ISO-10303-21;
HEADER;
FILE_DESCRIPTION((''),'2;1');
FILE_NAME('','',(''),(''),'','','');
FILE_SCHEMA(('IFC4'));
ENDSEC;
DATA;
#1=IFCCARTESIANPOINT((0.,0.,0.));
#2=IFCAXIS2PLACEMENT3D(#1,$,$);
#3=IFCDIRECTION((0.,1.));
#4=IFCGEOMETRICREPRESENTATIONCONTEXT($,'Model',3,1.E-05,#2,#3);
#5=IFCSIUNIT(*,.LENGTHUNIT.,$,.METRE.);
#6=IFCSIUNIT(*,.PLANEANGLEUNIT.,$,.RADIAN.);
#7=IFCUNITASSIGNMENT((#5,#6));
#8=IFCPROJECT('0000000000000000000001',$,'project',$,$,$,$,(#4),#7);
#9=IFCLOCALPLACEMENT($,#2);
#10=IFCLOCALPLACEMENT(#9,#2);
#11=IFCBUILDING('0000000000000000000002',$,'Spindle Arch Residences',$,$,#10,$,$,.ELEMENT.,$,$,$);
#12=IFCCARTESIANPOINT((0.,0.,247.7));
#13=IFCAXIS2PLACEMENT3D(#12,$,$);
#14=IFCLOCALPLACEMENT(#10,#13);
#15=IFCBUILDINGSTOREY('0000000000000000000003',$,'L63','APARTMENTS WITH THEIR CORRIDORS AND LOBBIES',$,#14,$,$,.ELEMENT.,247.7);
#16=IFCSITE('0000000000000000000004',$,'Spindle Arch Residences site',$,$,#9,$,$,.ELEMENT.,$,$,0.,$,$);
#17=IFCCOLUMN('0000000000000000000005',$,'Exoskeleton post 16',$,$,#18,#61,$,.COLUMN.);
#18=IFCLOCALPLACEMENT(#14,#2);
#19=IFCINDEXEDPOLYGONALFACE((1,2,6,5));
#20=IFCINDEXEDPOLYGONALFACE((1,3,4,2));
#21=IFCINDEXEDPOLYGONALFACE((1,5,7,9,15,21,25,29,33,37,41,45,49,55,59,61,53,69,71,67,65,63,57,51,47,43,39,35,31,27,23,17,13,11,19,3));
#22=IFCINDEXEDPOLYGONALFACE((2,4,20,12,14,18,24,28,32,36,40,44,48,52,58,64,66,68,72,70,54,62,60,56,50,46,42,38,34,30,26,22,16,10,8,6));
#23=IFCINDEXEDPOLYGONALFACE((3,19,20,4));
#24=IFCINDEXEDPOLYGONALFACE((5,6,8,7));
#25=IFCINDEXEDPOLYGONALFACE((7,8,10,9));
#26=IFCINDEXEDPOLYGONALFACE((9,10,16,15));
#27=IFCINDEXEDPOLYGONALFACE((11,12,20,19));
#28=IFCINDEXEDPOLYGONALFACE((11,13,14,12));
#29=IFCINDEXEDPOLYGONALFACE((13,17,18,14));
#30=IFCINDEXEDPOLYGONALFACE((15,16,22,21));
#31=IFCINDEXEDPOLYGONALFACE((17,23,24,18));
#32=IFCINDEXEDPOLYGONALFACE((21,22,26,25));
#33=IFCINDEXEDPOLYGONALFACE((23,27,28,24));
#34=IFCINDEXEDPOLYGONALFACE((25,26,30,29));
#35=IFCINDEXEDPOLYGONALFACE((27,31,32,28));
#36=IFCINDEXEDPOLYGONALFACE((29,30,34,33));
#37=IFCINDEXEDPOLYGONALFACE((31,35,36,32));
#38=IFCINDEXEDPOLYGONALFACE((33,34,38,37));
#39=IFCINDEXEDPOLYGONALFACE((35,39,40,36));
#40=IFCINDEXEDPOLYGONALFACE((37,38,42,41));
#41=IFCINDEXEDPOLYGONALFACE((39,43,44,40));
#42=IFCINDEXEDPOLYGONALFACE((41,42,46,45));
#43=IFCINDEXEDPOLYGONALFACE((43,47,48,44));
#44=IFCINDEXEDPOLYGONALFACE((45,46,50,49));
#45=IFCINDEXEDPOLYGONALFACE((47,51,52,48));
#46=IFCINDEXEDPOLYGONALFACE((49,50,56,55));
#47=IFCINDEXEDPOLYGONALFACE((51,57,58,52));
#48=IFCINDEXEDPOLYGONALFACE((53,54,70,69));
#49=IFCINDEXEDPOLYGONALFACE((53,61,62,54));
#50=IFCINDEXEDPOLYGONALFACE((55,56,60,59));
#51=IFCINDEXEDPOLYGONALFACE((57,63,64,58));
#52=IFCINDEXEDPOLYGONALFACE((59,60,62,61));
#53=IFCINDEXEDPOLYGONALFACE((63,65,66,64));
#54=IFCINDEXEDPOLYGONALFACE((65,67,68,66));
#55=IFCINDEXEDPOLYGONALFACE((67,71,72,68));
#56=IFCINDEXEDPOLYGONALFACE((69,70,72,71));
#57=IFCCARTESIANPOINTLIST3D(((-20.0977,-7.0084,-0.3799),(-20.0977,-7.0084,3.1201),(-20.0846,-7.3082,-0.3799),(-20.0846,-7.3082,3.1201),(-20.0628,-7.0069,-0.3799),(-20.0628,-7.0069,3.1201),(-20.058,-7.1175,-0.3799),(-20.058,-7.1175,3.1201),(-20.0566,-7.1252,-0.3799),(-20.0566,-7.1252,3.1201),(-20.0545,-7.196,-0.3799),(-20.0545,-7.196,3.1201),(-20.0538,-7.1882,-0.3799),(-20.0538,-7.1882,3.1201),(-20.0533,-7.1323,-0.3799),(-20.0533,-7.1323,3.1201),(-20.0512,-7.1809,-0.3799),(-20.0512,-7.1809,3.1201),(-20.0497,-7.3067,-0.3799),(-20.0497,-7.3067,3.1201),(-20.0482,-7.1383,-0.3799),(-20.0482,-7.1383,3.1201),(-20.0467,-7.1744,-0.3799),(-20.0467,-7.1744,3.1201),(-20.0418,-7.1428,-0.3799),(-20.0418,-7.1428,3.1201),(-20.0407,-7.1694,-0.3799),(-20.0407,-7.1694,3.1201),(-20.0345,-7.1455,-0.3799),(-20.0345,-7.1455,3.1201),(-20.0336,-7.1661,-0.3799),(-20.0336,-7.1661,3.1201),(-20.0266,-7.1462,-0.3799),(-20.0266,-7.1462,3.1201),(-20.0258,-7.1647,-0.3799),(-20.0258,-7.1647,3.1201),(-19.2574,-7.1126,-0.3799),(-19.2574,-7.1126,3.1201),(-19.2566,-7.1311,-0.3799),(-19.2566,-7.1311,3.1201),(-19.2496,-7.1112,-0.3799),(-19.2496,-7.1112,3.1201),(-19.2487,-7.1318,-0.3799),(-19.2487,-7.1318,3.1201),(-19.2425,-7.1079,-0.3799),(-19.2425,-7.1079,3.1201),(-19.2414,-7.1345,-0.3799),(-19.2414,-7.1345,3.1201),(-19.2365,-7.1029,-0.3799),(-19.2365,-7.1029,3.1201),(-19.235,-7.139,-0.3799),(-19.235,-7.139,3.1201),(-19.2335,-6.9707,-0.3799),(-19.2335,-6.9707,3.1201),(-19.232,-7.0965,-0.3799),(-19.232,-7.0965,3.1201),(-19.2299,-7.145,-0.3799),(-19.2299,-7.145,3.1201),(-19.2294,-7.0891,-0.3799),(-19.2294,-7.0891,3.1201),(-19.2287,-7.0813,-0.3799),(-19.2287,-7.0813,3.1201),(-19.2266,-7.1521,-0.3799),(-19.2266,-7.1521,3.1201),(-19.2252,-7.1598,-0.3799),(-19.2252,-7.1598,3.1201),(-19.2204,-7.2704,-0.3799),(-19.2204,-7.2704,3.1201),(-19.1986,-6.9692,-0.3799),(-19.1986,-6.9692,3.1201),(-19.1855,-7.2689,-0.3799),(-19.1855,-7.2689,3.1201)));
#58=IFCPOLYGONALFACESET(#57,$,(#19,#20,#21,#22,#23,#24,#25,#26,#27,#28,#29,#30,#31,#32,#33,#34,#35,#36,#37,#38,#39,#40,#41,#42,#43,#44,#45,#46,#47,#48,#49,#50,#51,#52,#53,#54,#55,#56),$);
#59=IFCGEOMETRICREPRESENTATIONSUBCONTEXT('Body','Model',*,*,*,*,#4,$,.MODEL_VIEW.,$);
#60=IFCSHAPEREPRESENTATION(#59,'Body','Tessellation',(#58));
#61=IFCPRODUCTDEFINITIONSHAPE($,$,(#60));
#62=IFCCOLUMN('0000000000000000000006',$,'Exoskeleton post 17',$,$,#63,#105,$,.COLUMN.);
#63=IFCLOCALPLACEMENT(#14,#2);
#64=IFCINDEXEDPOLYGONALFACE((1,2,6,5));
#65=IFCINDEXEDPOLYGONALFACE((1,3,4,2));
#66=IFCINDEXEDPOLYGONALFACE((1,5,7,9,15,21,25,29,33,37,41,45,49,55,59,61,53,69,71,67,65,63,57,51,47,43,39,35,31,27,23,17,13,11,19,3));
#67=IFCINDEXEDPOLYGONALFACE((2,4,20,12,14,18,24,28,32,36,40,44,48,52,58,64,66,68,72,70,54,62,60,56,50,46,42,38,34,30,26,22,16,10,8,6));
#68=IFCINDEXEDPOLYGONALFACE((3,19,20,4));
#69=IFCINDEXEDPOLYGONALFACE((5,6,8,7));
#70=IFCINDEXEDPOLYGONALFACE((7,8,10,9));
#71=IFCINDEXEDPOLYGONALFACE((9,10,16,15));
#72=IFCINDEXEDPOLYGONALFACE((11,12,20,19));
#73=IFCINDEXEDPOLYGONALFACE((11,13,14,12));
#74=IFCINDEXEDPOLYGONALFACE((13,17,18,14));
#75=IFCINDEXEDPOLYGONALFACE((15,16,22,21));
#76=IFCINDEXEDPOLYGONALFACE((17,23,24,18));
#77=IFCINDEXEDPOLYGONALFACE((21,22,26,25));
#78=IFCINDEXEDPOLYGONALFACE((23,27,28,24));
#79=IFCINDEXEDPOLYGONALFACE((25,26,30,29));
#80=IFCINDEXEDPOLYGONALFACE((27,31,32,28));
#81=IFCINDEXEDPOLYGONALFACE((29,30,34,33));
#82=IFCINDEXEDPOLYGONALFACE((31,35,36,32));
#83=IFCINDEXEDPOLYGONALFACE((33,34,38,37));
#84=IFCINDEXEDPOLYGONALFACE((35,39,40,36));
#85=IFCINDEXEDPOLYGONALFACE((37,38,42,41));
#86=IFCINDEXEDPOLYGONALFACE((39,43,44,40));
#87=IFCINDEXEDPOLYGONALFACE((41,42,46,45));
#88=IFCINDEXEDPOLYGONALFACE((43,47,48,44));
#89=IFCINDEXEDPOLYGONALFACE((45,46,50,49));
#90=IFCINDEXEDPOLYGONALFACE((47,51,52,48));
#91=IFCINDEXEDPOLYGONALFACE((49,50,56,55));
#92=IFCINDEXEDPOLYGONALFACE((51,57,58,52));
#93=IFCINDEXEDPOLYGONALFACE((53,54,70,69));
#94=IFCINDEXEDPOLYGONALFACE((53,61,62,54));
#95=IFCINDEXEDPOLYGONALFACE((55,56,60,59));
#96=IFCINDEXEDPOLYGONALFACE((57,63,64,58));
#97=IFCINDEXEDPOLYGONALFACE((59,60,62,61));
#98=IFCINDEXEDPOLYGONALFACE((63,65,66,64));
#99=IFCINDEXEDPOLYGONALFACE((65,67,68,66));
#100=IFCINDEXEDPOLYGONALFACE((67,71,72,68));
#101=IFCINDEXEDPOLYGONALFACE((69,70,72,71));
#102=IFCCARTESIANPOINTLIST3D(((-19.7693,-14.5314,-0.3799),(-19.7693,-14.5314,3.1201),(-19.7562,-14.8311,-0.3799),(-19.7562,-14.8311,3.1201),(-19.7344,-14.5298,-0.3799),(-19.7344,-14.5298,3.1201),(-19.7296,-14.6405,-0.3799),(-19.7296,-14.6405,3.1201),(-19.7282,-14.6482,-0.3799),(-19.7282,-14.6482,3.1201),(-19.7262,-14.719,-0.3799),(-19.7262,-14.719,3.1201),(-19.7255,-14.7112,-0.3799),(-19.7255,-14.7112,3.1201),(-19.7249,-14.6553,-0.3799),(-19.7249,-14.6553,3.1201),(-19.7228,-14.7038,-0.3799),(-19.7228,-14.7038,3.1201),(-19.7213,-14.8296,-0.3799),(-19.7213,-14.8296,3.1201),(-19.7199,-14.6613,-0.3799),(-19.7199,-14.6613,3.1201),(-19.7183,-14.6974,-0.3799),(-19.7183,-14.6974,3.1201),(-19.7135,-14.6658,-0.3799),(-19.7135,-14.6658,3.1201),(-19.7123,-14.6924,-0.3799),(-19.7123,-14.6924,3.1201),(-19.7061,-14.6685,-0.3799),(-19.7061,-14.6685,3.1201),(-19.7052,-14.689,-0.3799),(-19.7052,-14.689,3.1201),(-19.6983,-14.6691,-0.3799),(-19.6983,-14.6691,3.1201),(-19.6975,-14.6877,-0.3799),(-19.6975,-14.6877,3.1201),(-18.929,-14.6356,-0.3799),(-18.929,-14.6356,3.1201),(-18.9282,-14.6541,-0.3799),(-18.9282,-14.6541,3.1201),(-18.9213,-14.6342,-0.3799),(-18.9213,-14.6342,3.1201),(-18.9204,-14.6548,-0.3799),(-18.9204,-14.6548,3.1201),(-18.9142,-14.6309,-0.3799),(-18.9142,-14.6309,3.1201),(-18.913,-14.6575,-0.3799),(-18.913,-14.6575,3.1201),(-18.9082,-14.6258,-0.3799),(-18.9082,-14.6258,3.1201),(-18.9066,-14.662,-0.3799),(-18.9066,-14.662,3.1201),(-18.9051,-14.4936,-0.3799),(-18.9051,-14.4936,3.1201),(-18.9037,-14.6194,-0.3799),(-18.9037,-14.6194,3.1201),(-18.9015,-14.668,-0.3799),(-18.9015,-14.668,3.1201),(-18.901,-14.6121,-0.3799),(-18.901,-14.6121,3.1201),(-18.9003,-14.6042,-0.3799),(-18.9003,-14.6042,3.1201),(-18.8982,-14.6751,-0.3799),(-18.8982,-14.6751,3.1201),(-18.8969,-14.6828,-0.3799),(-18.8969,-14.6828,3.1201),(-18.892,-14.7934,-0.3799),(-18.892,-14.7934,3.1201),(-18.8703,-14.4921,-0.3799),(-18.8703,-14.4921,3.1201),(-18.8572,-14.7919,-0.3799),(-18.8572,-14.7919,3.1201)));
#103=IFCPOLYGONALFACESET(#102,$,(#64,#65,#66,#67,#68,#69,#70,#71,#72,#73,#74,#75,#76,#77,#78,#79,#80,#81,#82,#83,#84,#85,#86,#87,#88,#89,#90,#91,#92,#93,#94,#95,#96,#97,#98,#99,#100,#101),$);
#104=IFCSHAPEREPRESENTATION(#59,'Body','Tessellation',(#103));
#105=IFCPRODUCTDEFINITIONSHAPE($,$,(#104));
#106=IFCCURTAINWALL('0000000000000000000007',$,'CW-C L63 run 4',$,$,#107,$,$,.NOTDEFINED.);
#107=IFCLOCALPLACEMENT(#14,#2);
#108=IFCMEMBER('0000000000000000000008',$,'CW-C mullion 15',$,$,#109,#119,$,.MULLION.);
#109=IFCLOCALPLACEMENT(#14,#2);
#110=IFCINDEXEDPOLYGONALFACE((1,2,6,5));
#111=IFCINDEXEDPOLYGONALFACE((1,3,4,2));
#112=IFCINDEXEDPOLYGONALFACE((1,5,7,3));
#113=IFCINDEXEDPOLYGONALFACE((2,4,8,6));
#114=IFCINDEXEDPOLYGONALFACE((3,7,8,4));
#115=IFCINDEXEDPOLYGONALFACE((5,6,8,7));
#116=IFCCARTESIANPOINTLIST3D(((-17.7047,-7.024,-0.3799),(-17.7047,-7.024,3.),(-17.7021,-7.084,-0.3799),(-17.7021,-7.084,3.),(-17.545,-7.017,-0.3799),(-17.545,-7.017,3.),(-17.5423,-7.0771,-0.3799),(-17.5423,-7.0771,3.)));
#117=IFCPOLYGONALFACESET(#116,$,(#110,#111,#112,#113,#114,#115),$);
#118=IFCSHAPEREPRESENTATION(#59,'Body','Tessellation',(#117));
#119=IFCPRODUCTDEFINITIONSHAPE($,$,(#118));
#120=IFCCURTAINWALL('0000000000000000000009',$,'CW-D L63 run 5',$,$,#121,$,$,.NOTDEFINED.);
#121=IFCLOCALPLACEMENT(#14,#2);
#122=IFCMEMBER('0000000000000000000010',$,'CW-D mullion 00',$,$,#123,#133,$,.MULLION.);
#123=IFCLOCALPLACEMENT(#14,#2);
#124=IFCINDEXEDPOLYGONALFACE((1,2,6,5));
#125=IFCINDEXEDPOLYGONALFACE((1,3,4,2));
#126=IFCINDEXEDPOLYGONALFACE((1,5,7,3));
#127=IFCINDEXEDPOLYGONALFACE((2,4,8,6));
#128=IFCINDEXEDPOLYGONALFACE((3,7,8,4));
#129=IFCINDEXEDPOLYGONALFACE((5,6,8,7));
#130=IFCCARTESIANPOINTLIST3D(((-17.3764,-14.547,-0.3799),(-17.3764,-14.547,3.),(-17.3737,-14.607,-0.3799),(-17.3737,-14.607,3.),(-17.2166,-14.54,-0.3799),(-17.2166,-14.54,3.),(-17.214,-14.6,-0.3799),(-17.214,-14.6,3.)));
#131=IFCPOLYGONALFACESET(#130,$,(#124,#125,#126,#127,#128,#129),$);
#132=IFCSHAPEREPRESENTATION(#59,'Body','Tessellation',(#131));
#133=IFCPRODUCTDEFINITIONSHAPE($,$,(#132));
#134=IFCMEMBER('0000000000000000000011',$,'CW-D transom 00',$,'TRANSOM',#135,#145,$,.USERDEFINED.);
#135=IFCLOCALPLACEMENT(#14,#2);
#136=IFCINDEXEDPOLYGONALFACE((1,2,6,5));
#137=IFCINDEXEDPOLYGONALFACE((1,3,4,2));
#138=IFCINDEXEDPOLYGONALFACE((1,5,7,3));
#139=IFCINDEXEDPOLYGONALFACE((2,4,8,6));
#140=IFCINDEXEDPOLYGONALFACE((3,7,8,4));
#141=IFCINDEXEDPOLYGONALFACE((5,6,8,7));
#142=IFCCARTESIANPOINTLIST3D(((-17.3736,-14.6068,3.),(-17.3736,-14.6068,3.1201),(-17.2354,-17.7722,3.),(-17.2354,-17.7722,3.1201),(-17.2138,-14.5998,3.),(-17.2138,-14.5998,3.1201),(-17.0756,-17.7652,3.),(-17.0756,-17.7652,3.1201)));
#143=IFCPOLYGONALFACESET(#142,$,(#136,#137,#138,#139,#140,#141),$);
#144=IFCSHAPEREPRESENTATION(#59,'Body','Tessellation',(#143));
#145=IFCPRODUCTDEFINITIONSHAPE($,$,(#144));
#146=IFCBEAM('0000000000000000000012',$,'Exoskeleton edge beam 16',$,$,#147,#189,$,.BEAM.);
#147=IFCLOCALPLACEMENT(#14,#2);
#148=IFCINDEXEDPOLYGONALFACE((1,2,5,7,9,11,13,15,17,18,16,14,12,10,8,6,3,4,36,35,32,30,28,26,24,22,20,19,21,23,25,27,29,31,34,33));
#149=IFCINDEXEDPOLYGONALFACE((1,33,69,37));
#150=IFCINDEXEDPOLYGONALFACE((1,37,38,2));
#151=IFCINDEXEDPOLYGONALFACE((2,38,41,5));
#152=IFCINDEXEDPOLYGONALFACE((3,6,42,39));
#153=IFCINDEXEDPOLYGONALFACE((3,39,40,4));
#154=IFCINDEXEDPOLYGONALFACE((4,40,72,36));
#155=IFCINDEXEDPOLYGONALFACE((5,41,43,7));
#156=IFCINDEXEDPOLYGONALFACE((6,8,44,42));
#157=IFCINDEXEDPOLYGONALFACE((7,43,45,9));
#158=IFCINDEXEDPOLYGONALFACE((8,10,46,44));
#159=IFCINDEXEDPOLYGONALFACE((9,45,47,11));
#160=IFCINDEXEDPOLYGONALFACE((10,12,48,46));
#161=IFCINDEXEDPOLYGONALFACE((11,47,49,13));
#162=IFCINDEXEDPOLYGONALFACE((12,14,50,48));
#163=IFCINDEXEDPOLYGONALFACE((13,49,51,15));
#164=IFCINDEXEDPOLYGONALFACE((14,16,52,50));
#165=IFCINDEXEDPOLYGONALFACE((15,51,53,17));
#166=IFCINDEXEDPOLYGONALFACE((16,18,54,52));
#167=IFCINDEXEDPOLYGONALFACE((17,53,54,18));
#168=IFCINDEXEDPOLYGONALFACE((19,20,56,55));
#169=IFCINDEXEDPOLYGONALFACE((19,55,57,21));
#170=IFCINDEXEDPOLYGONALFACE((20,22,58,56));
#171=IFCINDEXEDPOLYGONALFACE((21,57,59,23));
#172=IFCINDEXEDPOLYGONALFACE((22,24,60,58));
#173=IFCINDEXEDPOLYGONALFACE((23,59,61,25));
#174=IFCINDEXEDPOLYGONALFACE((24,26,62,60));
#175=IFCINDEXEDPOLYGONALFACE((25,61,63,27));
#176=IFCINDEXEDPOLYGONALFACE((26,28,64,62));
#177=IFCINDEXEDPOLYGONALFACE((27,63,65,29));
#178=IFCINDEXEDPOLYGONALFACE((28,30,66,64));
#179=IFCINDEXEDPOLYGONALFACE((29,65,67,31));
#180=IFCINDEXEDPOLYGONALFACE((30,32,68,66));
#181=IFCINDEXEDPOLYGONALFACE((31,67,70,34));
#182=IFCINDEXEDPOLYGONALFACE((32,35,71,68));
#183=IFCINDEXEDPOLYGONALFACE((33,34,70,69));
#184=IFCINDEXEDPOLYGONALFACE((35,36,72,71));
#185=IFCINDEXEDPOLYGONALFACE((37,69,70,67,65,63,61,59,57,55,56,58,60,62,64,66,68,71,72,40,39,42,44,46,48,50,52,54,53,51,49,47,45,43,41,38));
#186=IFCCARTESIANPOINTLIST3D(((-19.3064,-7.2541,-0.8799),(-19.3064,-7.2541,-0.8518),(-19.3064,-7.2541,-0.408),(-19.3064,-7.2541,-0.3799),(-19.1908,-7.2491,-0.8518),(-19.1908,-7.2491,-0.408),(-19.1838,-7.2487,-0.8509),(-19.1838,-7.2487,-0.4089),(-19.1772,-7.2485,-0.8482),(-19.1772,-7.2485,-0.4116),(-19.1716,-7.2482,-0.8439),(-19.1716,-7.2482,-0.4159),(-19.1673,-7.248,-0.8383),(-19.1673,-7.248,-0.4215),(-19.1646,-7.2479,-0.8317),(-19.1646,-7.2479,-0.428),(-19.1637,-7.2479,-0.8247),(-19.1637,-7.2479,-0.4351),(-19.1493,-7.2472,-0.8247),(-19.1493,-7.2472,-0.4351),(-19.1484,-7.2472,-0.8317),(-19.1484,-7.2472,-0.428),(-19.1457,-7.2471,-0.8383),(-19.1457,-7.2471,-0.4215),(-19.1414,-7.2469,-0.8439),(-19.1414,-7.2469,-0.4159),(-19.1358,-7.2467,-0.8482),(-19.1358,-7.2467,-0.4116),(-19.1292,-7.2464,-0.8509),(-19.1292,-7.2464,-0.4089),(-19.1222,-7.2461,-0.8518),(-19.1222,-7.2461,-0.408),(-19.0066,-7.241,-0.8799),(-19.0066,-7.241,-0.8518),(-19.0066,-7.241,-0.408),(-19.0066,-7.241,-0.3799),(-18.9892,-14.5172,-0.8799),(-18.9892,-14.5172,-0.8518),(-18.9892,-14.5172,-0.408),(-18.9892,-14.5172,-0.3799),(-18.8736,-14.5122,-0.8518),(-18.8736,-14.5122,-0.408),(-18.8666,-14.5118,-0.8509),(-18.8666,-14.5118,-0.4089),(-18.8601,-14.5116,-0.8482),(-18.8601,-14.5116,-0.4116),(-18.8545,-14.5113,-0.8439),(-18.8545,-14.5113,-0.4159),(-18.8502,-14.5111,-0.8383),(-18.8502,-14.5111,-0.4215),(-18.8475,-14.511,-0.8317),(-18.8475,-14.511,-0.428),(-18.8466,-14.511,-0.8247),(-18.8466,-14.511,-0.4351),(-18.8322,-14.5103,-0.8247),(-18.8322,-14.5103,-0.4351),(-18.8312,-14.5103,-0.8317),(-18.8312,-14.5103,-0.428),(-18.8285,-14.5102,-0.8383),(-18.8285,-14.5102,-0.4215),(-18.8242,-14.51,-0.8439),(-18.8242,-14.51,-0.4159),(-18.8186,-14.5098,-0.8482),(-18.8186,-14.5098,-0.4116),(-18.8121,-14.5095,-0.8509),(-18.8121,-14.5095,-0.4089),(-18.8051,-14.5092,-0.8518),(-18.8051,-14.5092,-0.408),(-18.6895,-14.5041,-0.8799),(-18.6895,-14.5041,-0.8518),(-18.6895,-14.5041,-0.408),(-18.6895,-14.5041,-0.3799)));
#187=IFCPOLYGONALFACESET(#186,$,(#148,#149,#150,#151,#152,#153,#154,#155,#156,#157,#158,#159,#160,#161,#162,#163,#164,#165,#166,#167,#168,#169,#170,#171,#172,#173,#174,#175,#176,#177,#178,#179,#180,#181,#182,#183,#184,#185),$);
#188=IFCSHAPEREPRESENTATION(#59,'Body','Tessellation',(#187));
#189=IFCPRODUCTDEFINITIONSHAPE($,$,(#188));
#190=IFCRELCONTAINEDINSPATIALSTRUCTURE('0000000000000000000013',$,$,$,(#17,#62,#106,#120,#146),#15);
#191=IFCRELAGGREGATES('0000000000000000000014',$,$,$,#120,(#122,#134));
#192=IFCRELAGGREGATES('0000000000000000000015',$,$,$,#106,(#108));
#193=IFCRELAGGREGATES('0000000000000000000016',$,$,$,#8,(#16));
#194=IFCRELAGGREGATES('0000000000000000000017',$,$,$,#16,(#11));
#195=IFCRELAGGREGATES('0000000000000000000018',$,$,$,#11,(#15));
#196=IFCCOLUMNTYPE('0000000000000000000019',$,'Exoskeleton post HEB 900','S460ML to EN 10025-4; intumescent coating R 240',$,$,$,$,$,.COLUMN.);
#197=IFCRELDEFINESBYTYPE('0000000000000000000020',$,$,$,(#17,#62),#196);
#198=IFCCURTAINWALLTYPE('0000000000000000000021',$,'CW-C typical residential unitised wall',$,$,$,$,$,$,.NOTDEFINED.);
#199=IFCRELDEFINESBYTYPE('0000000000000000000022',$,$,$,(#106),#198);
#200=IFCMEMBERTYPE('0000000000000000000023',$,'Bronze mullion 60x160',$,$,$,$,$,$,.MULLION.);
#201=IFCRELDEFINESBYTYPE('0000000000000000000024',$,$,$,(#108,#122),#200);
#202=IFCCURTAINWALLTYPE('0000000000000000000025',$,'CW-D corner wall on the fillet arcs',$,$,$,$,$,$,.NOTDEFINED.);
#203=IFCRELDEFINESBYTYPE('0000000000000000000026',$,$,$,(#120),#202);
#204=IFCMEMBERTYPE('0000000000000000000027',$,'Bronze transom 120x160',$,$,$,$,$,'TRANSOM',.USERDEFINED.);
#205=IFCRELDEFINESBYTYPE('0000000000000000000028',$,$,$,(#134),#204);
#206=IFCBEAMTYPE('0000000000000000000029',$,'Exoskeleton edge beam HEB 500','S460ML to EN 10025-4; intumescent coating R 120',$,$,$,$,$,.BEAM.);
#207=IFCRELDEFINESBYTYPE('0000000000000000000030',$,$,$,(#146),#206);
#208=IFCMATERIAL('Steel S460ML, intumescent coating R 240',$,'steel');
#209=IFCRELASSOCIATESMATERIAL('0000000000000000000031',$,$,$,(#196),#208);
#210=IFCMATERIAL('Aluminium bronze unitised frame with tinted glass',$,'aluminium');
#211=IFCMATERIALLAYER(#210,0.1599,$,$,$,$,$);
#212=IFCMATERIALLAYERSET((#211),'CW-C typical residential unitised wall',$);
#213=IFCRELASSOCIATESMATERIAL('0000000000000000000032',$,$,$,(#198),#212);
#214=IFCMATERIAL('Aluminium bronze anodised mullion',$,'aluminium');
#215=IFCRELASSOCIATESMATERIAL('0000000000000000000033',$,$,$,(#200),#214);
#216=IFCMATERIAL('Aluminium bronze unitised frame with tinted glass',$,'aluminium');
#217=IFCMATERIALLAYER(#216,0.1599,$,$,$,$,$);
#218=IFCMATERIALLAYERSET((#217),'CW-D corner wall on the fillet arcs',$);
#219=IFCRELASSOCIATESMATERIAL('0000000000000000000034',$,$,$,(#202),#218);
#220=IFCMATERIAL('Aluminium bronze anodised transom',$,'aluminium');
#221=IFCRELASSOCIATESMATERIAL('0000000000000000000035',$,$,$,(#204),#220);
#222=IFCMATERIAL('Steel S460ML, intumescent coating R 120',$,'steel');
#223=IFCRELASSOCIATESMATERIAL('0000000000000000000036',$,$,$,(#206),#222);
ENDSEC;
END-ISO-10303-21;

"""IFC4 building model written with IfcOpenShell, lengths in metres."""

from ifc_helpers import new_model, si_unit, direction, frame, origin, origin_2d, place, context, subcontext, project, spatial, rectangle, i_section, extrude, material, layer, layer_set, material_profile, profile_set, type_object, element, aggregate, save


model = new_model("IFC4")

# Units and contexts
model_context = context("Model", 3, precision=1e-05, world=origin(), true_north=direction((0.0, 1.0)))
body_context = subcontext(model_context, "Body", "Model", "MODEL_VIEW")
ifc_project = project(units=[si_unit("LENGTHUNIT", "METRE"), si_unit("PLANEANGLEUNIT", "RADIAN")], contexts=[model_context])

# Site, building, storey
site_placement = place(None, origin())
site = spatial("IfcSite", under=ifc_project, at=site_placement, Name="Spindle Arch Residences site", CompositionType="ELEMENT", RefElevation=0.0)
building_placement = place(site_placement, origin())
building = spatial("IfcBuilding", under=site, at=building_placement, Name="Spindle Arch Residences", CompositionType="ELEMENT")
storey_placement = place(building_placement, frame((0.0, 0.0, 247.7)))
storey = spatial("IfcBuildingStorey", under=building, at=storey_placement, Name="L63", Description="APARTMENTS WITH THEIR CORRIDORS AND LOBBIES", CompositionType="ELEMENT", Elevation=247.7)

# Columns
ifc_material_1 = material(Name="Steel S460ML, intumescent coating R 240", Category="steel")
ifc_material_profile_1 = material_profile(ifc_material_1, i_section(OverallWidth=0.3, OverallDepth=0.8999, WebThickness=0.0186, FlangeThickness=0.0349, FilletRadius=0.03, at=origin_2d()), Name="HEB 900")
ifc_profile_set_1 = profile_set([ifc_material_profile_1], Name="Steel S460ML, intumescent coating R 240")
column_type = type_object("IfcColumnType", Name="Exoskeleton post HEB 900", Description="S460ML to EN 10025-4; intumescent coating R 240", PredefinedType="COLUMN", material=ifc_profile_set_1)
for number, where, z_axis, x_axis, name in (
    (1, (-19.6416, -7.1387, -0.3799), (0.0, 0.0, 1.0), (-0.043619, 0.999048, 0.0), "Exoskeleton post 16"),
    (2, (-19.3132, -14.6616, -0.3799), (0.0, 0.0, 1.0), (-0.043619, 0.999048, 0.0), "Exoskeleton post 17"),
):
    element("IfcColumn", number, at=place(storey_placement, frame(where, z_axis=z_axis, x_axis=x_axis)), inside=storey, type_object=column_type, Name=name, PredefinedType="COLUMN", context=body_context, shape_type="SweptSolid", body=[
        extrude(i_section(OverallWidth=0.3, OverallDepth=0.8999, WebThickness=0.0186, FlangeThickness=0.0349, FilletRadius=0.03, at=origin_2d()), origin(), (0.0, 0.0, 1.0), 3.5),
    ])

# Curtain wall, member
ifc_material_2 = material(Name="Aluminium bronze unitised frame with tinted glass", Category="aluminium")
ifc_layer_1 = layer(ifc_material_2, 0.1599)
ifc_layer_set_1 = layer_set([ifc_layer_1], Name="CW-C typical residential unitised wall")
curtain_wall_type_1 = type_object("IfcCurtainWallType", Name="CW-C typical residential unitised wall", PredefinedType="NOTDEFINED", material=ifc_layer_set_1)
curtain_wall_1_placement = place(storey_placement, origin())
curtain_wall_1 = element("IfcCurtainWall", 3, at=curtain_wall_1_placement, inside=storey, type_object=curtain_wall_type_1, Name="CW-C L63 run 4", PredefinedType="NOTDEFINED")
ifc_material_3 = material(Name="Aluminium bronze anodised mullion", Category="aluminium")
ifc_material_profile_2 = material_profile(ifc_material_3, rectangle(XDim=0.1599, YDim=0.0601, at=origin_2d()), Name="MU 60x160")
ifc_profile_set_2 = profile_set([ifc_material_profile_2], Name="Aluminium bronze anodised mullion")
member_type_1 = type_object("IfcMemberType", Name="Bronze mullion 60x160", PredefinedType="MULLION", material=ifc_profile_set_2)
member_1_placement = place(storey_placement, frame((-17.6235, -7.0505, -0.3799), z_axis=(0.0, 0.0, 1.0), x_axis=(0.999048, 0.043619, 0.0)))
member_1 = element("IfcMember", 4, at=member_1_placement, type_object=member_type_1, Name="CW-C mullion 15", PredefinedType="MULLION", context=body_context, shape_type="SweptSolid", body=[
    extrude(rectangle(XDim=0.1599, YDim=0.0601, at=origin_2d()), origin(), (0.0, 0.0, 1.0), 3.3799),
])

# Curtain wall, members
ifc_material_4 = material(Name="Aluminium bronze unitised frame with tinted glass", Category="aluminium")
ifc_layer_2 = layer(ifc_material_4, 0.1599)
ifc_layer_set_2 = layer_set([ifc_layer_2], Name="CW-D corner wall on the fillet arcs")
curtain_wall_type_2 = type_object("IfcCurtainWallType", Name="CW-D corner wall on the fillet arcs", PredefinedType="NOTDEFINED", material=ifc_layer_set_2)
curtain_wall_2_placement = place(storey_placement, origin())
curtain_wall_2 = element("IfcCurtainWall", 5, at=curtain_wall_2_placement, inside=storey, type_object=curtain_wall_type_2, Name="CW-D L63 run 5", PredefinedType="NOTDEFINED")
member_2_placement = place(storey_placement, frame((-17.2952, -14.5735, -0.3799), z_axis=(0.0, 0.0, 1.0), x_axis=(0.999048, 0.043619, 0.0)))
member_2 = element("IfcMember", 6, at=member_2_placement, type_object=member_type_1, Name="CW-D mullion 00", PredefinedType="MULLION", context=body_context, shape_type="SweptSolid", body=[
    extrude(rectangle(XDim=0.1599, YDim=0.0601, at=origin_2d()), origin(), (0.0, 0.0, 1.0), 3.3799),
])
ifc_material_5 = material(Name="Aluminium bronze anodised transom", Category="aluminium")
ifc_material_profile_3 = material_profile(ifc_material_5, rectangle(XDim=0.1599, YDim=0.1201, at=origin_2d()), Name="TR 120x160")
ifc_profile_set_3 = profile_set([ifc_material_profile_3], Name="Aluminium bronze anodised transom")
member_type_2 = type_object("IfcMemberType", Name="Bronze transom 120x160", ElementType="TRANSOM", PredefinedType="USERDEFINED", material=ifc_profile_set_3)
member_3_placement = place(storey_placement, frame((-17.2937, -14.6033, 3.0601), z_axis=(0.043611, -0.999049, 0.0), x_axis=(0.999049, 0.043611, 0.0)))
member_3 = element("IfcMember", 7, at=member_3_placement, type_object=member_type_2, Name="CW-D transom 00", ObjectType="TRANSOM", PredefinedType="USERDEFINED", context=body_context, shape_type="SweptSolid", body=[
    extrude(rectangle(XDim=0.1599, YDim=0.1201, at=origin_2d()), origin(), (0.0, 0.0, 1.0), 3.1685),
])
aggregate(curtain_wall_2, [member_2, member_3])

# Beam
ifc_material_6 = material(Name="Steel S460ML, intumescent coating R 120", Category="steel")
ifc_material_profile_4 = material_profile(ifc_material_6, i_section(OverallWidth=0.3, OverallDepth=0.5, WebThickness=0.0144, FlangeThickness=0.0281, FilletRadius=0.0271, at=origin_2d()), Name="HEB 500")
ifc_profile_set_4 = profile_set([ifc_material_profile_4], Name="Steel S460ML, intumescent coating R 120")
beam_type_1 = type_object("IfcBeamType", Name="Exoskeleton edge beam HEB 500", Description="S460ML to EN 10025-4; intumescent coating R 120", PredefinedType="BEAM", material=ifc_profile_set_4)
beam_1_placement = place(storey_placement, frame((-19.1565, -7.2476, -0.6299), z_axis=(0.043622, -0.999048, 0.0), x_axis=(0.999048, 0.043622, 0.0)))
element("IfcBeam", 8, at=beam_1_placement, inside=storey, type_object=beam_type_1, Name="Exoskeleton edge beam 16", PredefinedType="BEAM", context=body_context, shape_type="SweptSolid", body=[
    extrude(i_section(OverallWidth=0.3, OverallDepth=0.5, WebThickness=0.0144, FlangeThickness=0.0281, FilletRadius=0.0271, at=origin_2d()), origin(), (0.0, 0.0, 1.0), 7.27),
])

aggregate(curtain_wall_1, [member_1])

save(model, "model.ifc")
